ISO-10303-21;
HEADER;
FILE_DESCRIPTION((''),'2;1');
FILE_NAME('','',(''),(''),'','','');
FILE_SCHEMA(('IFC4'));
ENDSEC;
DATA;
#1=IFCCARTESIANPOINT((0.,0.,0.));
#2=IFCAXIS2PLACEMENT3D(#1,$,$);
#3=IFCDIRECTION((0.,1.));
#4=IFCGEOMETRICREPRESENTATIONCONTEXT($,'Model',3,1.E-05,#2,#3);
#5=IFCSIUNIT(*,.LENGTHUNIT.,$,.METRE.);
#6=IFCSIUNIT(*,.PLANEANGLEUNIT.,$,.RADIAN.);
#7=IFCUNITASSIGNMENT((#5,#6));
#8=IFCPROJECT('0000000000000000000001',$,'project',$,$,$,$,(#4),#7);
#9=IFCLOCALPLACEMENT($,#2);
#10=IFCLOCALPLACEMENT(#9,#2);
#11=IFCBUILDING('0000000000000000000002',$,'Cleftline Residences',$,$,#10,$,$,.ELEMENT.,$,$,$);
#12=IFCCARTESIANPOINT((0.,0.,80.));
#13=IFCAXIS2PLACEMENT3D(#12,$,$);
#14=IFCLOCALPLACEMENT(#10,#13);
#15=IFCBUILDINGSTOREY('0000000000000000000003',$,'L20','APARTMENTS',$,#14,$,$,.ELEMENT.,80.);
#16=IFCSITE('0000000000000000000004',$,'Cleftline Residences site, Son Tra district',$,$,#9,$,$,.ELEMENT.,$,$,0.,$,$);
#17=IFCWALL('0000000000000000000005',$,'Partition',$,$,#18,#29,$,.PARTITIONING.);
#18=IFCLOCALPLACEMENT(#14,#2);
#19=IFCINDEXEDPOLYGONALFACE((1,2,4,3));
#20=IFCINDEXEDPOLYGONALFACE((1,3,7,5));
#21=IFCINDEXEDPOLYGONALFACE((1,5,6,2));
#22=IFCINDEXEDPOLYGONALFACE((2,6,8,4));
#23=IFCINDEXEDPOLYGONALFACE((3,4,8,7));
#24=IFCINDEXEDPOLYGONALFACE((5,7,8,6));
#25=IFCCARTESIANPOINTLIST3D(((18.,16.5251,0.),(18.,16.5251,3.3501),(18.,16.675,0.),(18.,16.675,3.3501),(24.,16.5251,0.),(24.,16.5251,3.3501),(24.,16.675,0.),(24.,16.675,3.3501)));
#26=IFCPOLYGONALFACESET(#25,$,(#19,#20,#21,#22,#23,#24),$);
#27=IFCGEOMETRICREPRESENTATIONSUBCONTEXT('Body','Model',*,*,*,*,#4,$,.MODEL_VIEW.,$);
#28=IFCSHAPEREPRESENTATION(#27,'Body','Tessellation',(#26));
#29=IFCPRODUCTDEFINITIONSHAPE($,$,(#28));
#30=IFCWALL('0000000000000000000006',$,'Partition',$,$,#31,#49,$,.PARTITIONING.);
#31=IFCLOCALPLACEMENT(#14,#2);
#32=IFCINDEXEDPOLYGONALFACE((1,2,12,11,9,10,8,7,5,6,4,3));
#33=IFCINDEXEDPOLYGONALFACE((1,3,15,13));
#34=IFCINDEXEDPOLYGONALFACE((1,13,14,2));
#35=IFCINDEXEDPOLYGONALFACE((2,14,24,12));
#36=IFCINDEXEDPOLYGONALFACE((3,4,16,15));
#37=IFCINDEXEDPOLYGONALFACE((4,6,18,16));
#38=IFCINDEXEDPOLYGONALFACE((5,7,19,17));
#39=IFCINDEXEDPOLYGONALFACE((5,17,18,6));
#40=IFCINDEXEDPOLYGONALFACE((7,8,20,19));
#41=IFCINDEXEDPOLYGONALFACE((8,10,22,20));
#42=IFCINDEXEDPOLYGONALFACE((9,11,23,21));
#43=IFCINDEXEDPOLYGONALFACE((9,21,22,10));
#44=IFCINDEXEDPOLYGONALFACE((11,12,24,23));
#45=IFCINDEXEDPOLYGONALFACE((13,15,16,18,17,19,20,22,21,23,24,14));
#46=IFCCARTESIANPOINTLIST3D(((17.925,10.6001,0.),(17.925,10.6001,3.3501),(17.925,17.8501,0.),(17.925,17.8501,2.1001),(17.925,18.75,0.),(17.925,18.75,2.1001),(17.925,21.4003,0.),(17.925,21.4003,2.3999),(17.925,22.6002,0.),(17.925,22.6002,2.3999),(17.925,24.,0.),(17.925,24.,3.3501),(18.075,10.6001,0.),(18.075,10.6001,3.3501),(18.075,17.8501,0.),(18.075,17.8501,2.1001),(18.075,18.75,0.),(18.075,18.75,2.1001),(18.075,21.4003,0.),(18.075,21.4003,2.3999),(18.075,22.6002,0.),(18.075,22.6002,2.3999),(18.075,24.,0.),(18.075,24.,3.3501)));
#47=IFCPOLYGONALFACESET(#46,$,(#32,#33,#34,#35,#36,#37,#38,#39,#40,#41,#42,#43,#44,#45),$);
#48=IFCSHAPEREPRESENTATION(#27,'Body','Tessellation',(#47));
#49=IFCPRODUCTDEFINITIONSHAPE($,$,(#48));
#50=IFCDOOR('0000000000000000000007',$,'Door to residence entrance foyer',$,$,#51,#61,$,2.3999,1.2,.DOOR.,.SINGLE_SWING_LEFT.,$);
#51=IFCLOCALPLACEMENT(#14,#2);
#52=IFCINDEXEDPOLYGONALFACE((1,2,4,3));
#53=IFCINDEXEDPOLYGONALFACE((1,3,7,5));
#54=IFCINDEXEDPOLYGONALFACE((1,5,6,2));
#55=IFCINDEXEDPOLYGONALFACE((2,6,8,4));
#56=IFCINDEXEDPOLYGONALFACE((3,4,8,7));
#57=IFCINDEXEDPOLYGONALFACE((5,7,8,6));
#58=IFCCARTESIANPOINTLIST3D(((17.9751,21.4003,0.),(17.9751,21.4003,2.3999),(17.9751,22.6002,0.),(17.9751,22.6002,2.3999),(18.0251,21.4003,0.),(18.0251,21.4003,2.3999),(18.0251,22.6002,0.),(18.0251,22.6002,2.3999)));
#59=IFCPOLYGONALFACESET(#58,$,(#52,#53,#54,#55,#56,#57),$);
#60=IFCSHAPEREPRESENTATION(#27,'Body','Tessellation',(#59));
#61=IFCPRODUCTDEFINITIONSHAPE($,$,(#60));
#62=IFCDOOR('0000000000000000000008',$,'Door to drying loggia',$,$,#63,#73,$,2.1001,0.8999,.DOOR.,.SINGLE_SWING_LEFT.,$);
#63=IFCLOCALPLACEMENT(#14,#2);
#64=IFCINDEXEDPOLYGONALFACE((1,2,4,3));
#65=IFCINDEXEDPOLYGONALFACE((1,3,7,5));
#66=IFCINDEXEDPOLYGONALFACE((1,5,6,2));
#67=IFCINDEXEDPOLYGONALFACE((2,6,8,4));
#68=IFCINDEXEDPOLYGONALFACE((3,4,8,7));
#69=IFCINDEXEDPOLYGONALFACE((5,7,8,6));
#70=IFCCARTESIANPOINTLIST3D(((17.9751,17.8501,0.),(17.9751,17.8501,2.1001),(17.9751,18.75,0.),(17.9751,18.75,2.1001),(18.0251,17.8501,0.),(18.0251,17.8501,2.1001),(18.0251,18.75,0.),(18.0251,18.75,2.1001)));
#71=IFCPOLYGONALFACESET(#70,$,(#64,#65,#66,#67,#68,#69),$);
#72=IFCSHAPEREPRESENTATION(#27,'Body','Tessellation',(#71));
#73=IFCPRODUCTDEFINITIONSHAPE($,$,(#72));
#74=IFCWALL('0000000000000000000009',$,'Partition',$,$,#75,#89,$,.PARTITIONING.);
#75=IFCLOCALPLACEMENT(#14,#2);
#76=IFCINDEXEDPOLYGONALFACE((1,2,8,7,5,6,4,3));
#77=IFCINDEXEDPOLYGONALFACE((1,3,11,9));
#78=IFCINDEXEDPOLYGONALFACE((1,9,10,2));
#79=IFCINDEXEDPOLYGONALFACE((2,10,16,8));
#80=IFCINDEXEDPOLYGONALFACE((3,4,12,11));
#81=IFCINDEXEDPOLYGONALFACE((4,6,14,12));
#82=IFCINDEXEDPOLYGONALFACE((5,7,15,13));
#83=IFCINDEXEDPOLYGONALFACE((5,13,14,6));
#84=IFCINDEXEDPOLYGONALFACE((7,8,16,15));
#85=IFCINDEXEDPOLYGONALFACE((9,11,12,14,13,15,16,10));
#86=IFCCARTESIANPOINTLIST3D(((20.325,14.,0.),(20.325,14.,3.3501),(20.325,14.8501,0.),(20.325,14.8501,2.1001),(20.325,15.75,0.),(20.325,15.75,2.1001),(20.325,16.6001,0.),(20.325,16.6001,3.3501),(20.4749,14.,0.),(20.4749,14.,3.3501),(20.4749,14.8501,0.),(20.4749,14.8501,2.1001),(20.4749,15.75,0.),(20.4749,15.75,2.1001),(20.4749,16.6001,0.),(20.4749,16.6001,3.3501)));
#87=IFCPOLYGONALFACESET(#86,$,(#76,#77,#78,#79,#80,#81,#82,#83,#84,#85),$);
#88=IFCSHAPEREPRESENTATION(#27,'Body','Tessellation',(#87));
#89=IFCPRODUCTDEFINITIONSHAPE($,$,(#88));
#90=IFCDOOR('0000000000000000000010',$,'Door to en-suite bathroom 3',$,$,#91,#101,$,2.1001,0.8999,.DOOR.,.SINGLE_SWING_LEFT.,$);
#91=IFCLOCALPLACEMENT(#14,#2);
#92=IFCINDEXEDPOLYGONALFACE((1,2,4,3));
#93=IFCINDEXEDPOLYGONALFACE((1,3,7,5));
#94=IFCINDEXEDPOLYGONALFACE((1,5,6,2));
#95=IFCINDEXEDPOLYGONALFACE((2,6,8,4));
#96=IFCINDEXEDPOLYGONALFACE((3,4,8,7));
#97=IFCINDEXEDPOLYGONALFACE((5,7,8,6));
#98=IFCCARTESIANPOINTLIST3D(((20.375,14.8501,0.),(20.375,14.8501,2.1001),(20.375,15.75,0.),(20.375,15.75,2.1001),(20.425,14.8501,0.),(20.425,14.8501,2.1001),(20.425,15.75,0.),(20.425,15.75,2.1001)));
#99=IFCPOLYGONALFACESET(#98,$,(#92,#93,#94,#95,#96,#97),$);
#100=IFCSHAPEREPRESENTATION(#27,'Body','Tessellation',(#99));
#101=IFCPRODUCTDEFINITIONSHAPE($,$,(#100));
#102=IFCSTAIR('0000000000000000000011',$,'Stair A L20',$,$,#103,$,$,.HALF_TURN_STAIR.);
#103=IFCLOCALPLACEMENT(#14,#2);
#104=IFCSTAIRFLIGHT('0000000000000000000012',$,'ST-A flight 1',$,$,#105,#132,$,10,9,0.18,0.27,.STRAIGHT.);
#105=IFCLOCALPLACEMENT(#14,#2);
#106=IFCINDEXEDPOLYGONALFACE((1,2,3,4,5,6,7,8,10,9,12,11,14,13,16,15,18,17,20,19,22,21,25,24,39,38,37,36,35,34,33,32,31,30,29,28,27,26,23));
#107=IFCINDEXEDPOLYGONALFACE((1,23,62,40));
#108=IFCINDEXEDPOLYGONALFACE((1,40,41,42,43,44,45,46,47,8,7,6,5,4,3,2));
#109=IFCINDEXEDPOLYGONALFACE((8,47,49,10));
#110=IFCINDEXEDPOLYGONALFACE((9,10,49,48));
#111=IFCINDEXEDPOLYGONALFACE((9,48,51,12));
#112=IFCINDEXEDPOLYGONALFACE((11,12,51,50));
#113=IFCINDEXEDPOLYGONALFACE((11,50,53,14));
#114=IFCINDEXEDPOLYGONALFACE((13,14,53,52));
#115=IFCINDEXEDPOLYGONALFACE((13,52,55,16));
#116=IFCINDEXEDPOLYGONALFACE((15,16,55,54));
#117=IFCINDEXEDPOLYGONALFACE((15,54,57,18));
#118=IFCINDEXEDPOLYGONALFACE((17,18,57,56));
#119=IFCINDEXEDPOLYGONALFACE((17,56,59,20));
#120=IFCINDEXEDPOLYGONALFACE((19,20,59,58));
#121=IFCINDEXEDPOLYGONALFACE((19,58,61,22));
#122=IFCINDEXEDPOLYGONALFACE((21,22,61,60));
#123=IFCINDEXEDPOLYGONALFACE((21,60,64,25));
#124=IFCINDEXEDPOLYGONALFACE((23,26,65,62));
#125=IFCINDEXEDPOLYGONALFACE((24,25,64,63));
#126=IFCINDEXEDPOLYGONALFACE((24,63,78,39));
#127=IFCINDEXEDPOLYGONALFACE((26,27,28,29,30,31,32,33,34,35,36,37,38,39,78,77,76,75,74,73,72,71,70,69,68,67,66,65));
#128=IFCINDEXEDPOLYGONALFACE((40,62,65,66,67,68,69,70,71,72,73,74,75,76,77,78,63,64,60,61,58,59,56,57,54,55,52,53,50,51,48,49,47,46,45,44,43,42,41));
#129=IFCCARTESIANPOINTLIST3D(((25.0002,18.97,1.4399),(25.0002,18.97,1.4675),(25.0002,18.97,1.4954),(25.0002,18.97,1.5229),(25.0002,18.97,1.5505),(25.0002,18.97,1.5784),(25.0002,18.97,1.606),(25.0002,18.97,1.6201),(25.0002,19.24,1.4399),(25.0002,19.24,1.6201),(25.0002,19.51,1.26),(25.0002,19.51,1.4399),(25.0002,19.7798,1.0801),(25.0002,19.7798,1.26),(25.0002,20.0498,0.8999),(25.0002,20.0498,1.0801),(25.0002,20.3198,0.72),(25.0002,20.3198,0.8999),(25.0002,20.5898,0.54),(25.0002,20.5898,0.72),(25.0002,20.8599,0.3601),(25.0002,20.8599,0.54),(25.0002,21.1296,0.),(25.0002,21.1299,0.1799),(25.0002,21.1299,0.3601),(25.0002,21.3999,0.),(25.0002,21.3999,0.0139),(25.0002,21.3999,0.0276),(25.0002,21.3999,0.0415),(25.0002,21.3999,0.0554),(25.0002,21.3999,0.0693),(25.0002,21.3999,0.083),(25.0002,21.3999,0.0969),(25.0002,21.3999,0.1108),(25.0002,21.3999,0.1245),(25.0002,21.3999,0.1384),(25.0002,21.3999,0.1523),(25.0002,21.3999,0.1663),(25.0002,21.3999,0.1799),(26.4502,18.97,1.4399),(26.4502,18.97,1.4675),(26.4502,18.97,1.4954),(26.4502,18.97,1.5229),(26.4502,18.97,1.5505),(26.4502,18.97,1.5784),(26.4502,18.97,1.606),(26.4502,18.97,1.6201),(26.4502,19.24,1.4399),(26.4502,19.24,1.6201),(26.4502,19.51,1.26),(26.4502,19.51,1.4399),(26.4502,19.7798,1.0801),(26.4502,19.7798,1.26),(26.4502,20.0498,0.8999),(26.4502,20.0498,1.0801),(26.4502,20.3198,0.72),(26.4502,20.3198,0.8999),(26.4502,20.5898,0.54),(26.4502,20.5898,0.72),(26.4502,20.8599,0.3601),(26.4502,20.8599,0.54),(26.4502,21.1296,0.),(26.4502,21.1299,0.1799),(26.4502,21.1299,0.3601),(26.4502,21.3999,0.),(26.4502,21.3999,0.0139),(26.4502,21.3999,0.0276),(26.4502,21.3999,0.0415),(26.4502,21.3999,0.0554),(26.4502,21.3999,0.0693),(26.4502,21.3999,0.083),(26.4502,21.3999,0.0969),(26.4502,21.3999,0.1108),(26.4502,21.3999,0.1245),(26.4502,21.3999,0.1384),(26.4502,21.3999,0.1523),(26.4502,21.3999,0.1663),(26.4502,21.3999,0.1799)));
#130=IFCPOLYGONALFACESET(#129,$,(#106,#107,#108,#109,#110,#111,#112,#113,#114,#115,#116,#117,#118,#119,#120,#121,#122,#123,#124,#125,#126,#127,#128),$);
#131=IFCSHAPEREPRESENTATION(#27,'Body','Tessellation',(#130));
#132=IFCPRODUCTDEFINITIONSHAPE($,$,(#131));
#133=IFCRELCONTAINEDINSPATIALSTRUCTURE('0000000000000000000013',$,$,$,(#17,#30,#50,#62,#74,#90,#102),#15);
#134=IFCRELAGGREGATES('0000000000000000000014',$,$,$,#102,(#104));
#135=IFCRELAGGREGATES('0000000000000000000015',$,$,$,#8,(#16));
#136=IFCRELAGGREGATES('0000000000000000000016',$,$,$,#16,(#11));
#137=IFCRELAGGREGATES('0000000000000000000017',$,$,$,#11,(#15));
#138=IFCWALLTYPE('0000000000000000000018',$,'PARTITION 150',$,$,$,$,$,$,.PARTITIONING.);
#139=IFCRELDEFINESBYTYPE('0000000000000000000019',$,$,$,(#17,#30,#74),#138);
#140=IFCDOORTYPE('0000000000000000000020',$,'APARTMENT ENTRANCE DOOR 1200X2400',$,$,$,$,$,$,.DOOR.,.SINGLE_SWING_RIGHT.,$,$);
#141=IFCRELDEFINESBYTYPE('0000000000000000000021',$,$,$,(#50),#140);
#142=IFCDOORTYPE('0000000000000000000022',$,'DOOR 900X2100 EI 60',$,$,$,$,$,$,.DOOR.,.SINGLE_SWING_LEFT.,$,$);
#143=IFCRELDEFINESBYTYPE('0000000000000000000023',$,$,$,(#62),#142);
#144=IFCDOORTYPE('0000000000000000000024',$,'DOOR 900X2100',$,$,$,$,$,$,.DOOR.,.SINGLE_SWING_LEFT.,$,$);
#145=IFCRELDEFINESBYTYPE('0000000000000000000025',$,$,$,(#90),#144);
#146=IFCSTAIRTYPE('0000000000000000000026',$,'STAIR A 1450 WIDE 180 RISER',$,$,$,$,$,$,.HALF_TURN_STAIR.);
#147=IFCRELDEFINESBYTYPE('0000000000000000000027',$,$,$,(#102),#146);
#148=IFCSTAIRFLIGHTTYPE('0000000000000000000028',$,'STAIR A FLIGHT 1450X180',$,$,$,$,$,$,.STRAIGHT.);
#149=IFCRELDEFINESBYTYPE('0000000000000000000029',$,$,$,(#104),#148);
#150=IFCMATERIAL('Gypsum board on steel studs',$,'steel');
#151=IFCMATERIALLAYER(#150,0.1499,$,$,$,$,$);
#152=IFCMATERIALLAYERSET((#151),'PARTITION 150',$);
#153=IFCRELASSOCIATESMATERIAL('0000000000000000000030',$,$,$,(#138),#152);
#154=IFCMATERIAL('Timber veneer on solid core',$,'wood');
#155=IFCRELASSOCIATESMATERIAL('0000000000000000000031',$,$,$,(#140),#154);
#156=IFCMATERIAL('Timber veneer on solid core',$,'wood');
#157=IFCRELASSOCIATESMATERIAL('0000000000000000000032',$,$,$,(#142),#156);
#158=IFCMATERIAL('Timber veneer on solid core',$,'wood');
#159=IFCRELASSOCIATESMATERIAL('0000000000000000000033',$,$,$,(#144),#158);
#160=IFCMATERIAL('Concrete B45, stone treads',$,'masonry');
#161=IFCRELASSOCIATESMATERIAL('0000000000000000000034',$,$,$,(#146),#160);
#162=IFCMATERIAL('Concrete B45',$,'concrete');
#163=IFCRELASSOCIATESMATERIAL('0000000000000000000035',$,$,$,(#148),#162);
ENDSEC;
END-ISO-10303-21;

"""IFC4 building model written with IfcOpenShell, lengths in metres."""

from ifc_helpers import new_model, si_unit, direction, frame, frame_2d, origin, place, context, subcontext, project, spatial, polyline, rectangle, outline, extrude, material, layer, layer_set, type_object, element, fill, aggregate, save


model = new_model("IFC4")

# Units and contexts
model_context = context("Model", 3, precision=1e-05, world=origin(), true_north=direction((0.0, 1.0)))
body_context = subcontext(model_context, "Body", "Model", "MODEL_VIEW")
ifc_project = project(units=[si_unit("LENGTHUNIT", "METRE"), si_unit("PLANEANGLEUNIT", "RADIAN")], contexts=[model_context])

# Site, building, storey
site_placement = place(None, origin())
site = spatial("IfcSite", under=ifc_project, at=site_placement, Name="Cleftline Residences site, Son Tra district", CompositionType="ELEMENT", RefElevation=0.0)
building_placement = place(site_placement, origin())
building = spatial("IfcBuilding", under=site, at=building_placement, Name="Cleftline Residences", CompositionType="ELEMENT")
storey_placement = place(building_placement, frame((0.0, 0.0, 80.0)))
storey = spatial("IfcBuildingStorey", under=building, at=storey_placement, Name="L20", Description="APARTMENTS", CompositionType="ELEMENT", Elevation=80.0)

# Shared definitions
ifc_material_1 = material(Name="Gypsum board on steel studs", Category="steel")
ifc_layer_1 = layer(ifc_material_1, 0.1499)
ifc_layer_set_1 = layer_set([ifc_layer_1], Name="PARTITION 150")
wall_type_1 = type_object("IfcWallType", Name="PARTITION 150", PredefinedType="PARTITIONING", material=ifc_layer_set_1)

# Wall
wall_1_placement = place(storey_placement, frame((18.0, 16.6001, 0.0), z_axis=(0.0, 0.0, 1.0), x_axis=(1.0, 0.0, 0.0)))
element("IfcWall", 1, at=wall_1_placement, inside=storey, type_object=wall_type_1, Name="Partition", PredefinedType="PARTITIONING", context=body_context, shape_type="SweptSolid", body=[
    extrude(rectangle(XDim=6.0, YDim=0.1499, at=frame_2d((3.0, 0.0))), origin(), (0.0, 0.0, 1.0), 3.3501),
])

# Wall, openings, doors
wall_2_placement = place(storey_placement, frame((18.0, 10.6001, 0.0), z_axis=(0.0, 0.0, 1.0), x_axis=(0.0, 1.0, 0.0)))
wall_2 = element("IfcWall", 2, at=wall_2_placement, inside=storey, type_object=wall_type_1, Name="Partition", PredefinedType="PARTITIONING", context=body_context, shape_type="SweptSolid", body=[
    extrude(rectangle(XDim=13.3999, YDim=0.1499, at=frame_2d((6.7, 0.0))), origin(), (0.0, 0.0, 1.0), 3.3501),
])
opening_1_placement = place(wall_2_placement, frame((10.8, 0.0, 0.0)))
opening_1 = element("IfcOpeningElement", 3, at=opening_1_placement, cuts=wall_2, PredefinedType="OPENING", context=body_context, shape_type="SweptSolid", body=[
    extrude(rectangle(XDim=1.2, YDim=2.3999, at=frame_2d((0.6001, 1.2))), frame((0.0, 0.085, 0.0), z_axis=(0.0, -1.0, 0.0), x_axis=(1.0, 0.0, 0.0)), (0.0, 0.0, 1.0), 0.1699),
])
opening_2_placement = place(wall_2_placement, frame((7.25, 0.0, 0.0)))
opening_2 = element("IfcOpeningElement", 4, at=opening_2_placement, cuts=wall_2, PredefinedType="OPENING", context=body_context, shape_type="SweptSolid", body=[
    extrude(rectangle(XDim=0.8999, YDim=2.1001, at=frame_2d((0.45, 1.05))), frame((0.0, 0.085, 0.0), z_axis=(0.0, -1.0, 0.0), x_axis=(1.0, 0.0, 0.0)), (0.0, 0.0, 1.0), 0.1699),
])
ifc_material_2 = material(Name="Timber veneer on solid core", Category="wood")
door_type_1 = type_object("IfcDoorType", Name="APARTMENT ENTRANCE DOOR 1200X2400", OperationType="SINGLE_SWING_RIGHT", PredefinedType="DOOR", material=ifc_material_2)
door_1_placement = place(opening_1_placement, origin())
door_1 = element("IfcDoor", 5, at=door_1_placement, inside=storey, type_object=door_type_1, Name="Door to residence entrance foyer", OperationType="SINGLE_SWING_LEFT", OverallHeight=2.3999, OverallWidth=1.2, PredefinedType="DOOR", context=body_context, shape_type="SweptSolid", body=[
    extrude(rectangle(XDim=1.2, YDim=2.3999, at=frame_2d((0.6001, 1.2))), frame((0.0, 0.0249, 0.0), z_axis=(0.0, -1.0, 0.0), x_axis=(1.0, 0.0, 0.0)), (0.0, 0.0, 1.0), 0.05),
])
fill(opening_1, door_1)
ifc_material_3 = material(Name="Timber veneer on solid core", Category="wood")
door_type_2 = type_object("IfcDoorType", Name="DOOR 900X2100 EI 60", OperationType="SINGLE_SWING_LEFT", PredefinedType="DOOR", material=ifc_material_3)
door_2_placement = place(opening_2_placement, origin())
door_2 = element("IfcDoor", 6, at=door_2_placement, inside=storey, type_object=door_type_2, Name="Door to drying loggia", OperationType="SINGLE_SWING_LEFT", OverallHeight=2.1001, OverallWidth=0.8999, PredefinedType="DOOR", context=body_context, shape_type="SweptSolid", body=[
    extrude(rectangle(XDim=0.8999, YDim=2.1001, at=frame_2d((0.45, 1.05))), frame((0.0, 0.0249, 0.0), z_axis=(0.0, -1.0, 0.0), x_axis=(1.0, 0.0, 0.0)), (0.0, 0.0, 1.0), 0.05),
])
fill(opening_2, door_2)

# Wall, opening, door
wall_3_placement = place(storey_placement, frame((20.3999, 14.0, 0.0), z_axis=(0.0, 0.0, 1.0), x_axis=(0.0, 1.0, 0.0)))
wall_3 = element("IfcWall", 7, at=wall_3_placement, inside=storey, type_object=wall_type_1, Name="Partition", PredefinedType="PARTITIONING", context=body_context, shape_type="SweptSolid", body=[
    extrude(rectangle(XDim=2.6001, YDim=0.1499, at=frame_2d((1.3, 0.0))), origin(), (0.0, 0.0, 1.0), 3.3501),
])
opening_3_placement = place(wall_3_placement, frame((0.8501, 0.0, 0.0)))
opening_3 = element("IfcOpeningElement", 8, at=opening_3_placement, cuts=wall_3, PredefinedType="OPENING", context=body_context, shape_type="SweptSolid", body=[
    extrude(rectangle(XDim=0.8999, YDim=2.1001, at=frame_2d((0.45, 1.05))), frame((0.0, 0.085, 0.0), z_axis=(0.0, -1.0, 0.0), x_axis=(1.0, 0.0, 0.0)), (0.0, 0.0, 1.0), 0.1699),
])
ifc_material_4 = material(Name="Timber veneer on solid core", Category="wood")
door_type_3 = type_object("IfcDoorType", Name="DOOR 900X2100", OperationType="SINGLE_SWING_LEFT", PredefinedType="DOOR", material=ifc_material_4)
door_3_placement = place(opening_3_placement, origin())
door_3 = element("IfcDoor", 9, at=door_3_placement, inside=storey, type_object=door_type_3, Name="Door to en-suite bathroom 3", OperationType="SINGLE_SWING_LEFT", OverallHeight=2.1001, OverallWidth=0.8999, PredefinedType="DOOR", context=body_context, shape_type="SweptSolid", body=[
    extrude(rectangle(XDim=0.8999, YDim=2.1001, at=frame_2d((0.45, 1.05))), frame((0.0, 0.0249, 0.0), z_axis=(0.0, -1.0, 0.0), x_axis=(1.0, 0.0, 0.0)), (0.0, 0.0, 1.0), 0.05),
])
fill(opening_3, door_3)

# Stair, stair flight
ifc_material_5 = material(Name="Concrete B45, stone treads", Category="masonry")
stair_type = type_object("IfcStairType", Name="STAIR A 1450 WIDE 180 RISER", PredefinedType="HALF_TURN_STAIR", material=ifc_material_5)
stair_placement = place(storey_placement, origin())
stair = element("IfcStair", 10, at=stair_placement, inside=storey, type_object=stair_type, Name="Stair A L20", PredefinedType="HALF_TURN_STAIR")
ifc_material_6 = material(Name="Concrete B45", Category="concrete")
stair_flight_type = type_object("IfcStairFlightType", Name="STAIR A FLIGHT 1450X180", PredefinedType="STRAIGHT", material=ifc_material_6)
stair_flight_1_placement = place(storey_placement, frame((25.7251, 21.3999, 0.0), z_axis=(0.0, 0.0, 1.0), x_axis=(0.0, -1.0, 0.0)))
stair_flight_1 = element("IfcStairFlight", 11, at=stair_flight_1_placement, type_object=stair_flight_type, Name="ST-A flight 1", NumberOfRisers=10, NumberOfTreads=9, PredefinedType="STRAIGHT", RiserHeight=0.18, TreadLength=0.27, context=body_context, shape_type="SweptSolid", body=[
    extrude(outline(polyline([(0.0, 0.0), (0.0, 0.0139), (0.0, 0.0276), (0.0, 0.0415), (0.0, 0.0554), (0.0, 0.0693), (0.0, 0.083), (0.0, 0.0969), (0.0, 0.1108), (0.0, 0.1245), (0.0, 0.1384), (0.0, 0.1523), (0.0, 0.1663), (0.0, 0.1799), (0.27, 0.1799), (0.27, 0.3601), (0.54, 0.3601), (0.54, 0.54), (0.8101, 0.54), (0.8101, 0.72), (1.0801, 0.72), (1.0801, 0.8999), (1.3501, 0.8999), (1.3501, 1.0801), (1.6201, 1.0801), (1.6201, 1.26), (1.8899, 1.26), (1.8899, 1.4399), (2.1599, 1.4399), (2.1599, 1.6201), (2.4299, 1.6201), (2.4299, 1.8), (2.4299, 1.7722), (2.4299, 1.7446), (2.4299, 1.7168), (2.4299, 1.6892), (2.4299, 1.6614), (2.4299, 1.6338), (2.4299, 1.606), (2.4299, 1.5784), (2.4299, 1.5505), (2.4299, 1.5229), (2.4299, 1.4954), (2.4299, 1.4675), (2.4299, 1.4399), (0.2703, 0.0), (0.0, 0.0)])), frame((0.0, 0.7251, 0.0), z_axis=(0.0, -1.0, 0.0), x_axis=(1.0, 0.0, 0.0)), (0.0, 0.0, 1.0), 1.45),
])
aggregate(stair, [stair_flight_1])

save(model, "model.ifc")
